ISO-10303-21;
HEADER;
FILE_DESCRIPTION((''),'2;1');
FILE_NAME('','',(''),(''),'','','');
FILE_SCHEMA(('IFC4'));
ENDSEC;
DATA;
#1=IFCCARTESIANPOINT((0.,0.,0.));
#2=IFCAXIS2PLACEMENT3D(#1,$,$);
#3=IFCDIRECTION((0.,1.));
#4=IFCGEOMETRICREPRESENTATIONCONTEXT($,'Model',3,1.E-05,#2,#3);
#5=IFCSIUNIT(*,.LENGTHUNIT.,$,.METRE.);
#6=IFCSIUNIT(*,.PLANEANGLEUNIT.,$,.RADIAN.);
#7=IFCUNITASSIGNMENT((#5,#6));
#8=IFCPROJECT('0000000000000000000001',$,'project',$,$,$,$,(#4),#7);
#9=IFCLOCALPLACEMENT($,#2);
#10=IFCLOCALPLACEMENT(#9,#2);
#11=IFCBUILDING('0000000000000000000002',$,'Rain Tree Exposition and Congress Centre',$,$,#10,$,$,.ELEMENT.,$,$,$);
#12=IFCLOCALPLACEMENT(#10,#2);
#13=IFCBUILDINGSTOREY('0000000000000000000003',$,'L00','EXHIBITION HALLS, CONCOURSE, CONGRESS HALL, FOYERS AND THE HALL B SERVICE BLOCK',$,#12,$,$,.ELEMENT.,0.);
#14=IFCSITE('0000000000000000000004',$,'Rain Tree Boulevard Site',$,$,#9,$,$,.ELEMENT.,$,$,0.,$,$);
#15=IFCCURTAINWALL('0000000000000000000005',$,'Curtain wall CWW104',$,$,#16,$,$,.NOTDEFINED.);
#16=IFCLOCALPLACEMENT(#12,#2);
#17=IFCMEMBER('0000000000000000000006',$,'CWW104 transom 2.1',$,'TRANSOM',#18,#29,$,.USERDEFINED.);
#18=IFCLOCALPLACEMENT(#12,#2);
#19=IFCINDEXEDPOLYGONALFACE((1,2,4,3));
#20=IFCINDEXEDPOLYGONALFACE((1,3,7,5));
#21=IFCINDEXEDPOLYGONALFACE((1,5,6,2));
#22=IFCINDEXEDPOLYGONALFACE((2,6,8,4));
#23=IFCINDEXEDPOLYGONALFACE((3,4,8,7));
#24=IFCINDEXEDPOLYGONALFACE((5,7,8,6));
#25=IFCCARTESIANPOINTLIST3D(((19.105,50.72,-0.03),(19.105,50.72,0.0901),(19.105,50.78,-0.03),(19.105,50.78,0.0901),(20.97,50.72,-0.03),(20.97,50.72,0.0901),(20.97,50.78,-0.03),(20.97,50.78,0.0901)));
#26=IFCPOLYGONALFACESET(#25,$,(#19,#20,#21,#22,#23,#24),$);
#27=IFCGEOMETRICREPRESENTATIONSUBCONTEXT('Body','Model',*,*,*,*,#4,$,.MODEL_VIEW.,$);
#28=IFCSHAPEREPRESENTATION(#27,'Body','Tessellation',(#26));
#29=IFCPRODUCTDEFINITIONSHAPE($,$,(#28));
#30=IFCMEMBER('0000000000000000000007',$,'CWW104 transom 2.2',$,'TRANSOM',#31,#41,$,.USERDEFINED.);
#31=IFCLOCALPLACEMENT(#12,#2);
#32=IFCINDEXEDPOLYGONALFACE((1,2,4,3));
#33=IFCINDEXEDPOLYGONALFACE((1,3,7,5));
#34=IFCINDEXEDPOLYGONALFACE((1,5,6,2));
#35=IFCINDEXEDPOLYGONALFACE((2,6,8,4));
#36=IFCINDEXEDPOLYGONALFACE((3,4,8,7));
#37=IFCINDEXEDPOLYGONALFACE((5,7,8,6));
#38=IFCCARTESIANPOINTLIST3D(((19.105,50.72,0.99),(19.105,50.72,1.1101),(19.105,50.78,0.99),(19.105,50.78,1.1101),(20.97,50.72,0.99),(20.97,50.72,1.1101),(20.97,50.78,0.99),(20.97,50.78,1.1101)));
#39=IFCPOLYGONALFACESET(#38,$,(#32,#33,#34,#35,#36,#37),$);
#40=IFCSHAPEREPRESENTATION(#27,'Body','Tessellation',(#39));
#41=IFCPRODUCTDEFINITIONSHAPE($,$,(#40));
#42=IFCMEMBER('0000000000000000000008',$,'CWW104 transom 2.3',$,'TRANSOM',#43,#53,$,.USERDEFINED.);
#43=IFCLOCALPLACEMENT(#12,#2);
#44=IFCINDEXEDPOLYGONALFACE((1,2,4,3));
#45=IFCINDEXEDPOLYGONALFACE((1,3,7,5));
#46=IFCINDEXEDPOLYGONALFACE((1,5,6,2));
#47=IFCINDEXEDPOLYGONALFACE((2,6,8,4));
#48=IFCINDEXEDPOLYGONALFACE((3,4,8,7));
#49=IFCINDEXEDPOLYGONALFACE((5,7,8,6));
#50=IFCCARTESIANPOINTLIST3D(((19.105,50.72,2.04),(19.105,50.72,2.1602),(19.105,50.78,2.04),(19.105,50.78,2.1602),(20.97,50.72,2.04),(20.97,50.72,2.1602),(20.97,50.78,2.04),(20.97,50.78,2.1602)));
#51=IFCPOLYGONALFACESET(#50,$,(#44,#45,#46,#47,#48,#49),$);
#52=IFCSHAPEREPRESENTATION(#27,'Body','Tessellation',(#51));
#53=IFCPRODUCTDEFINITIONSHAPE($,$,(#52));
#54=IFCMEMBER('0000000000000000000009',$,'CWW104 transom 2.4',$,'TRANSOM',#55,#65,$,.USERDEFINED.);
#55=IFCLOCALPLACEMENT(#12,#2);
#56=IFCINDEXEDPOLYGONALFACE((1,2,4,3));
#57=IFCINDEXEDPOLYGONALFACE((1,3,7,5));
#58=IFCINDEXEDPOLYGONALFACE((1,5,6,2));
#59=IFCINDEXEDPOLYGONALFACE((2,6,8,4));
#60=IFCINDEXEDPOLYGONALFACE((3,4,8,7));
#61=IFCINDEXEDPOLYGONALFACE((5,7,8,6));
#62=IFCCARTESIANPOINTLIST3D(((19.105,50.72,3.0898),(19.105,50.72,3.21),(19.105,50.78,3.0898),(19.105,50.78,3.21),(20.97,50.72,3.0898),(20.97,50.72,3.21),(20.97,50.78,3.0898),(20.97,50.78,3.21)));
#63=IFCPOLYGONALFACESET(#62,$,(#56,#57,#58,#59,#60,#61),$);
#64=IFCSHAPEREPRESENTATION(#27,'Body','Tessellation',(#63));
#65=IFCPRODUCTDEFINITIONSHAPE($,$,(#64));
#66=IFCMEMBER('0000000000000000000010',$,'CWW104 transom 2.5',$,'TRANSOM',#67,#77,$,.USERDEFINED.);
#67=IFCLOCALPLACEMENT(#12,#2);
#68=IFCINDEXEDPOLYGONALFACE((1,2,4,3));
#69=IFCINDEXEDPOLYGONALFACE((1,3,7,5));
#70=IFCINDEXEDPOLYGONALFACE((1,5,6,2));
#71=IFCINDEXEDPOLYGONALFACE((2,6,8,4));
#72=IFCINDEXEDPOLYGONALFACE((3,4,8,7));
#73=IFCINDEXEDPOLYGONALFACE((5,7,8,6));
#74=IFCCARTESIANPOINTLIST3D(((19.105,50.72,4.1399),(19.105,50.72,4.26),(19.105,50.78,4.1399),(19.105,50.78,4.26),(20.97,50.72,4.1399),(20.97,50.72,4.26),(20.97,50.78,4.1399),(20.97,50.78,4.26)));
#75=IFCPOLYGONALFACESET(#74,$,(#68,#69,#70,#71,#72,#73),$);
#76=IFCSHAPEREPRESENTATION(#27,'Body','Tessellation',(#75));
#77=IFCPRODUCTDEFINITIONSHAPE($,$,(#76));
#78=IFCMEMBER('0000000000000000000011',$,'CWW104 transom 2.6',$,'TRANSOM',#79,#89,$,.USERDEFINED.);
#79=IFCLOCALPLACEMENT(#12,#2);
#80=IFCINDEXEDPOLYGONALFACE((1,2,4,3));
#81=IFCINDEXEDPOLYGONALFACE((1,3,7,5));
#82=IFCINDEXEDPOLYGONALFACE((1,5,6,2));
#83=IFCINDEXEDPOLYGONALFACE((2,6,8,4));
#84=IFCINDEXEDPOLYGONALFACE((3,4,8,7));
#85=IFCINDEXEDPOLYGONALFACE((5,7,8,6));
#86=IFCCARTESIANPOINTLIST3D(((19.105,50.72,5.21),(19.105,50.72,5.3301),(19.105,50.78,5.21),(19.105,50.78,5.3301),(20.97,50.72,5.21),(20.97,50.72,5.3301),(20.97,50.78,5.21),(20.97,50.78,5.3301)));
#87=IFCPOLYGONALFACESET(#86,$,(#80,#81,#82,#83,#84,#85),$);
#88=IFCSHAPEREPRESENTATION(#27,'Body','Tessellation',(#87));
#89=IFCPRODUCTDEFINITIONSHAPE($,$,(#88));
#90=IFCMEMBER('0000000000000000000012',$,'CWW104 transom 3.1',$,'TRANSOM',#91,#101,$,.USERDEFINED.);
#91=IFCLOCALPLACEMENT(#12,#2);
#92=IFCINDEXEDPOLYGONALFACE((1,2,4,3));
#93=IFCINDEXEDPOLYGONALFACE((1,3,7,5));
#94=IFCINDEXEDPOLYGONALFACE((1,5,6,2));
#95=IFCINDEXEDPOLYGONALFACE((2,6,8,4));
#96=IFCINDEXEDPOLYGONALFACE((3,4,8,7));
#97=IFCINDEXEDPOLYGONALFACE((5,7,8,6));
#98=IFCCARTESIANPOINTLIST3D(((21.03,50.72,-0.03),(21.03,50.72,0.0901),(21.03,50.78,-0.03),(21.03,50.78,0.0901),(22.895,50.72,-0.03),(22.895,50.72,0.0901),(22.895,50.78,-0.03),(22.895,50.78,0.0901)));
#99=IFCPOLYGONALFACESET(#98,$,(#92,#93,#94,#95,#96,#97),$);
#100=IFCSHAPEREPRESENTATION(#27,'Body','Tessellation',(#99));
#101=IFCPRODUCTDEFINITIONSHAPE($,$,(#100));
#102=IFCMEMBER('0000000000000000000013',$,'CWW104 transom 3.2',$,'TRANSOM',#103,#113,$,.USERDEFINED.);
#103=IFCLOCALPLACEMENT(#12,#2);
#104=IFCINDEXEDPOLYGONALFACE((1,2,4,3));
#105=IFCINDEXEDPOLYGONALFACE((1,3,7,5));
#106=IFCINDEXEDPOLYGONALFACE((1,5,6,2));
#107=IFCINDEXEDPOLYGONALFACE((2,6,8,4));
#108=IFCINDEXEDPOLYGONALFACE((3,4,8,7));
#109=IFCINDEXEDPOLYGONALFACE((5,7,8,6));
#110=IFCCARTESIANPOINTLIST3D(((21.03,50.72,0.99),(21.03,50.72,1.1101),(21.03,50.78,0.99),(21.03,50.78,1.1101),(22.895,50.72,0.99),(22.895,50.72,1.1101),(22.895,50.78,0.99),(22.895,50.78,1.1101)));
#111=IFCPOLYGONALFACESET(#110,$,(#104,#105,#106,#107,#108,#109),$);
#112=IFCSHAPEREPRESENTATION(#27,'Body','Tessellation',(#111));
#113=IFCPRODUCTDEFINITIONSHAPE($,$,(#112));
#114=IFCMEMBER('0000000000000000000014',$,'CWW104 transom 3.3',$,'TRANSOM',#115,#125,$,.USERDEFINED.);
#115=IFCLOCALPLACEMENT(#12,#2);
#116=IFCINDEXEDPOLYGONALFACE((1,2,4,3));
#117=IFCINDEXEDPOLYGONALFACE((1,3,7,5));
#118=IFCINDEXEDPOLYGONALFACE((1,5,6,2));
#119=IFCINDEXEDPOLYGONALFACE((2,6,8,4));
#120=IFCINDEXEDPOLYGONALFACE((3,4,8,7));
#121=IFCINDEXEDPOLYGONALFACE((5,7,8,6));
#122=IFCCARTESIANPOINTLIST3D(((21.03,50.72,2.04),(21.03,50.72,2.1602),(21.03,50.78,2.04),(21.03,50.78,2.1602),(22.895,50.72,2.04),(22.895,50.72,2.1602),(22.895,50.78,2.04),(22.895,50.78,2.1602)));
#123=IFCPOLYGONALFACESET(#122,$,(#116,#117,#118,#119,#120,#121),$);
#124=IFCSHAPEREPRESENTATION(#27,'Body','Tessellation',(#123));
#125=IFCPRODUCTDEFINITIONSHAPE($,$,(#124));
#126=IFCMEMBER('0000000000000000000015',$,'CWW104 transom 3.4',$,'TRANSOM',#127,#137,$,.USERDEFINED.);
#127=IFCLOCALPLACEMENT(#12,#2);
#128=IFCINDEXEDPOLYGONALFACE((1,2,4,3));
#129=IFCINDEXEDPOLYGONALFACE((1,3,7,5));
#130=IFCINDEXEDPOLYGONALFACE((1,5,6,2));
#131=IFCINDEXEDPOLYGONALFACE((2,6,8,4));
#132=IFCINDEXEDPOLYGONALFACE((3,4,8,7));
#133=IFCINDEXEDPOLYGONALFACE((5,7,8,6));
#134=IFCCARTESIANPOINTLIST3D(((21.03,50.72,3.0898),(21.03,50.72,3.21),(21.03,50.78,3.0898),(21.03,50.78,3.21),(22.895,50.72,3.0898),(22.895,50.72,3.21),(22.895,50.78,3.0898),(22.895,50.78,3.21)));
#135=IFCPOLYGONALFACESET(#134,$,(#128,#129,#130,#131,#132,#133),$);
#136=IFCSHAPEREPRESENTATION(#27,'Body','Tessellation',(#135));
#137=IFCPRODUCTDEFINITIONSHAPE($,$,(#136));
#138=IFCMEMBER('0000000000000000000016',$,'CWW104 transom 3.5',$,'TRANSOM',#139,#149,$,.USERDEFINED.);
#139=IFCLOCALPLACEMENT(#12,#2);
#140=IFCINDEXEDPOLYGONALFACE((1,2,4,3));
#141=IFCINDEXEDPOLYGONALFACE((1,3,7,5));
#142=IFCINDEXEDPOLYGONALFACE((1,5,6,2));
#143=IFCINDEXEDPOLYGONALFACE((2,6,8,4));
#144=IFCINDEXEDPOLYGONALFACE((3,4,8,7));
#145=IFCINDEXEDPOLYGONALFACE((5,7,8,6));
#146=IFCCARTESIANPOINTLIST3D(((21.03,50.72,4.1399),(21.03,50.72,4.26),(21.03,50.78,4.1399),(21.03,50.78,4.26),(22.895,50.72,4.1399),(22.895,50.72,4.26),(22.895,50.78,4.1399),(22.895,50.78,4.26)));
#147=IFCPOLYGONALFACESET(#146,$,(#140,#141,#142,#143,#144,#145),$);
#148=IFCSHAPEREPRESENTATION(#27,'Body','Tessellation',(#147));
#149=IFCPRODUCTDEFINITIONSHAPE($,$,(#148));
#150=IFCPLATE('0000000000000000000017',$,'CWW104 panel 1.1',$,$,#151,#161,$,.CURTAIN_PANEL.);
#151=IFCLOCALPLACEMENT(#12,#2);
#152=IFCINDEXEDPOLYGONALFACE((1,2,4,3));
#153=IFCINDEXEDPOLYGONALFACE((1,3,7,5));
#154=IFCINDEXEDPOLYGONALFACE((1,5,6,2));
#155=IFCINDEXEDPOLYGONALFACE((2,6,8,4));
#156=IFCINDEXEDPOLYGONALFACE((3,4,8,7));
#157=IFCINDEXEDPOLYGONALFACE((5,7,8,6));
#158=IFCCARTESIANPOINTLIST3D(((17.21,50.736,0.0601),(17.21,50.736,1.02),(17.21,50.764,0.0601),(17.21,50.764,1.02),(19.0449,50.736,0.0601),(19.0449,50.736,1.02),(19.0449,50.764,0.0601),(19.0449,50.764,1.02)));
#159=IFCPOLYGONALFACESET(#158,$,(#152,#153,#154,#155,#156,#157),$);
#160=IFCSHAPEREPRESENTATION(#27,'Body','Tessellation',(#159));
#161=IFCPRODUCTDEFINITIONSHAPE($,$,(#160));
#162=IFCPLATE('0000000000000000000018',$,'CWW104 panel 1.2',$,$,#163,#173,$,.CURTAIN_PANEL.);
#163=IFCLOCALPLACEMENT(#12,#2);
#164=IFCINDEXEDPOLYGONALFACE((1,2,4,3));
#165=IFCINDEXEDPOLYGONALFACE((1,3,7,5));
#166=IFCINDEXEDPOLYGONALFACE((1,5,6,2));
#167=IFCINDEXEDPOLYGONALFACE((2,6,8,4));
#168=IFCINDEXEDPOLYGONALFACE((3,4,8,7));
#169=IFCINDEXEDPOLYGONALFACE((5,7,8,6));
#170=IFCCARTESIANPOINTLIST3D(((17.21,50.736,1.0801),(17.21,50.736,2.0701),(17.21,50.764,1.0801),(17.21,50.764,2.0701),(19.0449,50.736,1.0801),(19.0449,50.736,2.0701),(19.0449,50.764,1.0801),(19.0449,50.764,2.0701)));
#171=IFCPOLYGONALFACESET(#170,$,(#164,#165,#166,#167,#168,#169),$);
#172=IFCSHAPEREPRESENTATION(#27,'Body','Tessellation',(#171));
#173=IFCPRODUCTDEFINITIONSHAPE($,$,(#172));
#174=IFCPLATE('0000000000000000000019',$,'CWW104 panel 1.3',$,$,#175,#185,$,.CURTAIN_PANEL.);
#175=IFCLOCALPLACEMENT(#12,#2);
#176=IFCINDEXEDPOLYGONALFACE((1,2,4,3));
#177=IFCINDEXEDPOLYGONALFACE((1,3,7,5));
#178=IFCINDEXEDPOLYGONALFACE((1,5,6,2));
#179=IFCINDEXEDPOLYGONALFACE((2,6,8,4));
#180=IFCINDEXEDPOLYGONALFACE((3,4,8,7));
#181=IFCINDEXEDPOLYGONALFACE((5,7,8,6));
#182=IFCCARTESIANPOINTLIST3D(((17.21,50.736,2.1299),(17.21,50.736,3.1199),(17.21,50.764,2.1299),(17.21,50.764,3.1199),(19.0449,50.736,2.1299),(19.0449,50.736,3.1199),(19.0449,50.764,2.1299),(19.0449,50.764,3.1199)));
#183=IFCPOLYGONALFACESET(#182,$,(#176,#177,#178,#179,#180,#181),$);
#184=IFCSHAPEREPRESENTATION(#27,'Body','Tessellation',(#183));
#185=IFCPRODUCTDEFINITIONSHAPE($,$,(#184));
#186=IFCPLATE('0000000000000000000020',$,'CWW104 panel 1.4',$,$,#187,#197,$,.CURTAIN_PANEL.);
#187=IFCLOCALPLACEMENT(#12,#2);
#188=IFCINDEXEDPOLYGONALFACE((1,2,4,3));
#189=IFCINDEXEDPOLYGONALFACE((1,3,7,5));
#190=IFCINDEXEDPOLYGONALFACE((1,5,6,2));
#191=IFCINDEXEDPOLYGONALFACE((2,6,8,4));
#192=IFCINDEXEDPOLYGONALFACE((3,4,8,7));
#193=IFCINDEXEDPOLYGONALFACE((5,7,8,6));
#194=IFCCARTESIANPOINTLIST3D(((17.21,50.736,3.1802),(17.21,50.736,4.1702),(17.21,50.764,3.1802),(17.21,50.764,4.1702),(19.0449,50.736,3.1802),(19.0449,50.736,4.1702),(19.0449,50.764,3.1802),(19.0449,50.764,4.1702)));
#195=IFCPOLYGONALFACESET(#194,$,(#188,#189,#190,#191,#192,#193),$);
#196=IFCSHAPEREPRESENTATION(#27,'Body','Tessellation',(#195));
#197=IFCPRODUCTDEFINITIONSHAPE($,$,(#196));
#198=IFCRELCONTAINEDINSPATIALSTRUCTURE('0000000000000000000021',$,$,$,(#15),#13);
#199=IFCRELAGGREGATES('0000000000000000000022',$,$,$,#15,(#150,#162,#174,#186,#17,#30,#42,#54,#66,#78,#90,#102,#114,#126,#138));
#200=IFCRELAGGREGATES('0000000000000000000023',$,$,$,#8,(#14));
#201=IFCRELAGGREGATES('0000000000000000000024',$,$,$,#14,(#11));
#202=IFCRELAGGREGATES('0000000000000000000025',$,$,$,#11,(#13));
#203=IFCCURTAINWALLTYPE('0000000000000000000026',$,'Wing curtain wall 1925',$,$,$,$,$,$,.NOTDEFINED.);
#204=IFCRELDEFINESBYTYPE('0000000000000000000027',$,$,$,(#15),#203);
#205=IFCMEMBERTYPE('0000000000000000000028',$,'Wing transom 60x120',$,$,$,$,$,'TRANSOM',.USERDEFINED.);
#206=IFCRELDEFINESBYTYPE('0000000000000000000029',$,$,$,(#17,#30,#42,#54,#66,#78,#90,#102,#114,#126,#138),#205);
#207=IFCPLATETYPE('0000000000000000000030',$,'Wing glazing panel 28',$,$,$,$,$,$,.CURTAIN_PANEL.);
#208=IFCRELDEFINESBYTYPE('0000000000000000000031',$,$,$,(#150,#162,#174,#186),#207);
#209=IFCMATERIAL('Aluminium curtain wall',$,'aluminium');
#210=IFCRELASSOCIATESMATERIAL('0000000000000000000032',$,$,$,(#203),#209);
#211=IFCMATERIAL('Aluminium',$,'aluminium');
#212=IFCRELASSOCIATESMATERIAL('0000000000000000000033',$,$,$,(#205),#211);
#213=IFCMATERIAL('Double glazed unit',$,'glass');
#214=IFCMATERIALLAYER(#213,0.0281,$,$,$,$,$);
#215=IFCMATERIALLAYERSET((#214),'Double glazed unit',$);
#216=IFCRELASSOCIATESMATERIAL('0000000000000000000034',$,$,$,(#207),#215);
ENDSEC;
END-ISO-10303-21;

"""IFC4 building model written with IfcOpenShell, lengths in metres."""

from ifc_helpers import new_model, si_unit, direction, frame, origin, origin_2d, place, context, subcontext, project, spatial, rectangle, extrude, material, layer, layer_set, material_profile, profile_set, type_object, element, aggregate, save


model = new_model("IFC4")

# Units and contexts
model_context = context("Model", 3, precision=1e-05, world=origin(), true_north=direction((0.0, 1.0)))
body_context = subcontext(model_context, "Body", "Model", "MODEL_VIEW")
ifc_project = project(units=[si_unit("LENGTHUNIT", "METRE"), si_unit("PLANEANGLEUNIT", "RADIAN")], contexts=[model_context])

# Site, building, storey
site_placement = place(None, origin())
site = spatial("IfcSite", under=ifc_project, at=site_placement, Name="Rain Tree Boulevard Site", CompositionType="ELEMENT", RefElevation=0.0)
building_placement = place(site_placement, origin())
building = spatial("IfcBuilding", under=site, at=building_placement, Name="Rain Tree Exposition and Congress Centre", CompositionType="ELEMENT")
storey_placement = place(building_placement, origin())
storey = spatial("IfcBuildingStorey", under=building, at=storey_placement, Name="L00", Description="EXHIBITION HALLS, CONCOURSE, CONGRESS HALL, FOYERS AND THE HALL B SERVICE BLOCK", CompositionType="ELEMENT", Elevation=0.0)

# Curtain wall, members, plates
ifc_material_1 = material(Name="Aluminium curtain wall", Category="aluminium")
curtain_wall_type = type_object("IfcCurtainWallType", Name="Wing curtain wall 1925", PredefinedType="NOTDEFINED", material=ifc_material_1)
curtain_wall_placement = place(storey_placement, origin())
curtain_wall = element("IfcCurtainWall", 1, at=curtain_wall_placement, inside=storey, type_object=curtain_wall_type, Name="Curtain wall CWW104", PredefinedType="NOTDEFINED")
ifc_material_2 = material(Name="Aluminium", Category="aluminium")
ifc_material_profile_1 = material_profile(ifc_material_2, rectangle(XDim=0.0601, YDim=0.1201, at=origin_2d()), Name="Aluminium 60x120")
ifc_profile_set_1 = profile_set([ifc_material_profile_1], Name="Aluminium")
member_type_1 = type_object("IfcMemberType", Name="Wing transom 60x120", ElementType="TRANSOM", PredefinedType="USERDEFINED", material=ifc_profile_set_1)
member_1_placement = place(storey_placement, frame((19.105, 50.75, 0.03), z_axis=(1.0, 0.0, 0.0), x_axis=(0.0, 1.0, 0.0)))
member_1 = element("IfcMember", 2, at=member_1_placement, type_object=member_type_1, Name="CWW104 transom 2.1", ObjectType="TRANSOM", PredefinedType="USERDEFINED", context=body_context, shape_type="SweptSolid", body=[
    extrude(rectangle(XDim=0.0601, YDim=0.1201, at=origin_2d()), origin(), (0.0, 0.0, 1.0), 1.865),
])
member_2_placement = place(storey_placement, frame((19.105, 50.75, 1.05), z_axis=(1.0, 0.0, 0.0), x_axis=(0.0, 1.0, 0.0)))
member_2 = element("IfcMember", 3, at=member_2_placement, type_object=member_type_1, Name="CWW104 transom 2.2", ObjectType="TRANSOM", PredefinedType="USERDEFINED", context=body_context, shape_type="SweptSolid", body=[
    extrude(rectangle(XDim=0.0601, YDim=0.1201, at=origin_2d()), origin(), (0.0, 0.0, 1.0), 1.865),
])
member_3_placement = place(storey_placement, frame((19.105, 50.75, 2.1001), z_axis=(1.0, 0.0, 0.0), x_axis=(0.0, 1.0, 0.0)))
member_3 = element("IfcMember", 4, at=member_3_placement, type_object=member_type_1, Name="CWW104 transom 2.3", ObjectType="TRANSOM", PredefinedType="USERDEFINED", context=body_context, shape_type="SweptSolid", body=[
    extrude(rectangle(XDim=0.0601, YDim=0.1201, at=origin_2d()), origin(), (0.0, 0.0, 1.0), 1.865),
])
member_4_placement = place(storey_placement, frame((19.105, 50.75, 3.1499), z_axis=(1.0, 0.0, 0.0), x_axis=(0.0, 1.0, 0.0)))
member_4 = element("IfcMember", 5, at=member_4_placement, type_object=member_type_1, Name="CWW104 transom 2.4", ObjectType="TRANSOM", PredefinedType="USERDEFINED", context=body_context, shape_type="SweptSolid", body=[
    extrude(rectangle(XDim=0.0601, YDim=0.1201, at=origin_2d()), origin(), (0.0, 0.0, 1.0), 1.865),
])
member_5_placement = place(storey_placement, frame((19.105, 50.75, 4.2), z_axis=(1.0, 0.0, 0.0), x_axis=(0.0, 1.0, 0.0)))
member_5 = element("IfcMember", 6, at=member_5_placement, type_object=member_type_1, Name="CWW104 transom 2.5", ObjectType="TRANSOM", PredefinedType="USERDEFINED", context=body_context, shape_type="SweptSolid", body=[
    extrude(rectangle(XDim=0.0601, YDim=0.1201, at=origin_2d()), origin(), (0.0, 0.0, 1.0), 1.865),
])
member_6_placement = place(storey_placement, frame((19.105, 50.75, 5.27), z_axis=(1.0, 0.0, 0.0), x_axis=(0.0, 1.0, 0.0)))
member_6 = element("IfcMember", 7, at=member_6_placement, type_object=member_type_1, Name="CWW104 transom 2.6", ObjectType="TRANSOM", PredefinedType="USERDEFINED", context=body_context, shape_type="SweptSolid", body=[
    extrude(rectangle(XDim=0.0601, YDim=0.1201, at=origin_2d()), origin(), (0.0, 0.0, 1.0), 1.865),
])
member_7_placement = place(storey_placement, frame((21.03, 50.75, 0.03), z_axis=(1.0, 0.0, 0.0), x_axis=(0.0, 1.0, 0.0)))
member_7 = element("IfcMember", 8, at=member_7_placement, type_object=member_type_1, Name="CWW104 transom 3.1", ObjectType="TRANSOM", PredefinedType="USERDEFINED", context=body_context, shape_type="SweptSolid", body=[
    extrude(rectangle(XDim=0.0601, YDim=0.1201, at=origin_2d()), origin(), (0.0, 0.0, 1.0), 1.865),
])
member_8_placement = place(storey_placement, frame((21.03, 50.75, 1.05), z_axis=(1.0, 0.0, 0.0), x_axis=(0.0, 1.0, 0.0)))
member_8 = element("IfcMember", 9, at=member_8_placement, type_object=member_type_1, Name="CWW104 transom 3.2", ObjectType="TRANSOM", PredefinedType="USERDEFINED", context=body_context, shape_type="SweptSolid", body=[
    extrude(rectangle(XDim=0.0601, YDim=0.1201, at=origin_2d()), origin(), (0.0, 0.0, 1.0), 1.865),
])
member_9_placement = place(storey_placement, frame((21.03, 50.75, 2.1001), z_axis=(1.0, 0.0, 0.0), x_axis=(0.0, 1.0, 0.0)))
member_9 = element("IfcMember", 10, at=member_9_placement, type_object=member_type_1, Name="CWW104 transom 3.3", ObjectType="TRANSOM", PredefinedType="USERDEFINED", context=body_context, shape_type="SweptSolid", body=[
    extrude(rectangle(XDim=0.0601, YDim=0.1201, at=origin_2d()), origin(), (0.0, 0.0, 1.0), 1.865),
])
member_10_placement = place(storey_placement, frame((21.03, 50.75, 3.1499), z_axis=(1.0, 0.0, 0.0), x_axis=(0.0, 1.0, 0.0)))
member_10 = element("IfcMember", 11, at=member_10_placement, type_object=member_type_1, Name="CWW104 transom 3.4", ObjectType="TRANSOM", PredefinedType="USERDEFINED", context=body_context, shape_type="SweptSolid", body=[
    extrude(rectangle(XDim=0.0601, YDim=0.1201, at=origin_2d()), origin(), (0.0, 0.0, 1.0), 1.865),
])
member_11_placement = place(storey_placement, frame((21.03, 50.75, 4.2), z_axis=(1.0, 0.0, 0.0), x_axis=(0.0, 1.0, 0.0)))
member_11 = element("IfcMember", 12, at=member_11_placement, type_object=member_type_1, Name="CWW104 transom 3.5", ObjectType="TRANSOM", PredefinedType="USERDEFINED", context=body_context, shape_type="SweptSolid", body=[
    extrude(rectangle(XDim=0.0601, YDim=0.1201, at=origin_2d()), origin(), (0.0, 0.0, 1.0), 1.865),
])
ifc_material_3 = material(Name="Double glazed unit", Category="glass")
ifc_layer_1 = layer(ifc_material_3, 0.0281)
ifc_layer_set_1 = layer_set([ifc_layer_1], Name="Double glazed unit")
plate_type = type_object("IfcPlateType", Name="Wing glazing panel 28", PredefinedType="CURTAIN_PANEL", material=ifc_layer_set_1)
plate_1_placement = place(storey_placement, frame((18.1274, 50.75, 0.0601), z_axis=(0.0, 0.0, 1.0), x_axis=(1.0, 0.0, 0.0)))
plate_1 = element("IfcPlate", 13, at=plate_1_placement, type_object=plate_type, Name="CWW104 panel 1.1", PredefinedType="CURTAIN_PANEL", context=body_context, shape_type="SweptSolid", body=[
    extrude(rectangle(XDim=1.835, YDim=0.0281, at=origin_2d()), origin(), (0.0, 0.0, 1.0), 0.96),
])
plate_2_placement = place(storey_placement, frame((18.1274, 50.75, 1.0801), z_axis=(0.0, 0.0, 1.0), x_axis=(1.0, 0.0, 0.0)))
plate_2 = element("IfcPlate", 14, at=plate_2_placement, type_object=plate_type, Name="CWW104 panel 1.2", PredefinedType="CURTAIN_PANEL", context=body_context, shape_type="SweptSolid", body=[
    extrude(rectangle(XDim=1.835, YDim=0.0281, at=origin_2d()), origin(), (0.0, 0.0, 1.0), 0.99),
])
plate_3_placement = place(storey_placement, frame((18.1274, 50.75, 2.1299), z_axis=(0.0, 0.0, 1.0), x_axis=(1.0, 0.0, 0.0)))
plate_3 = element("IfcPlate", 15, at=plate_3_placement, type_object=plate_type, Name="CWW104 panel 1.3", PredefinedType="CURTAIN_PANEL", context=body_context, shape_type="SweptSolid", body=[
    extrude(rectangle(XDim=1.835, YDim=0.0281, at=origin_2d()), origin(), (0.0, 0.0, 1.0), 0.99),
])
plate_4_placement = place(storey_placement, frame((18.1274, 50.75, 3.1802), z_axis=(0.0, 0.0, 1.0), x_axis=(1.0, 0.0, 0.0)))
plate_4 = element("IfcPlate", 16, at=plate_4_placement, type_object=plate_type, Name="CWW104 panel 1.4", PredefinedType="CURTAIN_PANEL", context=body_context, shape_type="SweptSolid", body=[
    extrude(rectangle(XDim=1.835, YDim=0.0281, at=origin_2d()), origin(), (0.0, 0.0, 1.0), 0.99),
])
aggregate(curtain_wall, [plate_1, plate_2, plate_3, plate_4, member_1, member_2, member_3, member_4, member_5, member_6, member_7, member_8, member_9, member_10, member_11])

save(model, "model.ifc")
